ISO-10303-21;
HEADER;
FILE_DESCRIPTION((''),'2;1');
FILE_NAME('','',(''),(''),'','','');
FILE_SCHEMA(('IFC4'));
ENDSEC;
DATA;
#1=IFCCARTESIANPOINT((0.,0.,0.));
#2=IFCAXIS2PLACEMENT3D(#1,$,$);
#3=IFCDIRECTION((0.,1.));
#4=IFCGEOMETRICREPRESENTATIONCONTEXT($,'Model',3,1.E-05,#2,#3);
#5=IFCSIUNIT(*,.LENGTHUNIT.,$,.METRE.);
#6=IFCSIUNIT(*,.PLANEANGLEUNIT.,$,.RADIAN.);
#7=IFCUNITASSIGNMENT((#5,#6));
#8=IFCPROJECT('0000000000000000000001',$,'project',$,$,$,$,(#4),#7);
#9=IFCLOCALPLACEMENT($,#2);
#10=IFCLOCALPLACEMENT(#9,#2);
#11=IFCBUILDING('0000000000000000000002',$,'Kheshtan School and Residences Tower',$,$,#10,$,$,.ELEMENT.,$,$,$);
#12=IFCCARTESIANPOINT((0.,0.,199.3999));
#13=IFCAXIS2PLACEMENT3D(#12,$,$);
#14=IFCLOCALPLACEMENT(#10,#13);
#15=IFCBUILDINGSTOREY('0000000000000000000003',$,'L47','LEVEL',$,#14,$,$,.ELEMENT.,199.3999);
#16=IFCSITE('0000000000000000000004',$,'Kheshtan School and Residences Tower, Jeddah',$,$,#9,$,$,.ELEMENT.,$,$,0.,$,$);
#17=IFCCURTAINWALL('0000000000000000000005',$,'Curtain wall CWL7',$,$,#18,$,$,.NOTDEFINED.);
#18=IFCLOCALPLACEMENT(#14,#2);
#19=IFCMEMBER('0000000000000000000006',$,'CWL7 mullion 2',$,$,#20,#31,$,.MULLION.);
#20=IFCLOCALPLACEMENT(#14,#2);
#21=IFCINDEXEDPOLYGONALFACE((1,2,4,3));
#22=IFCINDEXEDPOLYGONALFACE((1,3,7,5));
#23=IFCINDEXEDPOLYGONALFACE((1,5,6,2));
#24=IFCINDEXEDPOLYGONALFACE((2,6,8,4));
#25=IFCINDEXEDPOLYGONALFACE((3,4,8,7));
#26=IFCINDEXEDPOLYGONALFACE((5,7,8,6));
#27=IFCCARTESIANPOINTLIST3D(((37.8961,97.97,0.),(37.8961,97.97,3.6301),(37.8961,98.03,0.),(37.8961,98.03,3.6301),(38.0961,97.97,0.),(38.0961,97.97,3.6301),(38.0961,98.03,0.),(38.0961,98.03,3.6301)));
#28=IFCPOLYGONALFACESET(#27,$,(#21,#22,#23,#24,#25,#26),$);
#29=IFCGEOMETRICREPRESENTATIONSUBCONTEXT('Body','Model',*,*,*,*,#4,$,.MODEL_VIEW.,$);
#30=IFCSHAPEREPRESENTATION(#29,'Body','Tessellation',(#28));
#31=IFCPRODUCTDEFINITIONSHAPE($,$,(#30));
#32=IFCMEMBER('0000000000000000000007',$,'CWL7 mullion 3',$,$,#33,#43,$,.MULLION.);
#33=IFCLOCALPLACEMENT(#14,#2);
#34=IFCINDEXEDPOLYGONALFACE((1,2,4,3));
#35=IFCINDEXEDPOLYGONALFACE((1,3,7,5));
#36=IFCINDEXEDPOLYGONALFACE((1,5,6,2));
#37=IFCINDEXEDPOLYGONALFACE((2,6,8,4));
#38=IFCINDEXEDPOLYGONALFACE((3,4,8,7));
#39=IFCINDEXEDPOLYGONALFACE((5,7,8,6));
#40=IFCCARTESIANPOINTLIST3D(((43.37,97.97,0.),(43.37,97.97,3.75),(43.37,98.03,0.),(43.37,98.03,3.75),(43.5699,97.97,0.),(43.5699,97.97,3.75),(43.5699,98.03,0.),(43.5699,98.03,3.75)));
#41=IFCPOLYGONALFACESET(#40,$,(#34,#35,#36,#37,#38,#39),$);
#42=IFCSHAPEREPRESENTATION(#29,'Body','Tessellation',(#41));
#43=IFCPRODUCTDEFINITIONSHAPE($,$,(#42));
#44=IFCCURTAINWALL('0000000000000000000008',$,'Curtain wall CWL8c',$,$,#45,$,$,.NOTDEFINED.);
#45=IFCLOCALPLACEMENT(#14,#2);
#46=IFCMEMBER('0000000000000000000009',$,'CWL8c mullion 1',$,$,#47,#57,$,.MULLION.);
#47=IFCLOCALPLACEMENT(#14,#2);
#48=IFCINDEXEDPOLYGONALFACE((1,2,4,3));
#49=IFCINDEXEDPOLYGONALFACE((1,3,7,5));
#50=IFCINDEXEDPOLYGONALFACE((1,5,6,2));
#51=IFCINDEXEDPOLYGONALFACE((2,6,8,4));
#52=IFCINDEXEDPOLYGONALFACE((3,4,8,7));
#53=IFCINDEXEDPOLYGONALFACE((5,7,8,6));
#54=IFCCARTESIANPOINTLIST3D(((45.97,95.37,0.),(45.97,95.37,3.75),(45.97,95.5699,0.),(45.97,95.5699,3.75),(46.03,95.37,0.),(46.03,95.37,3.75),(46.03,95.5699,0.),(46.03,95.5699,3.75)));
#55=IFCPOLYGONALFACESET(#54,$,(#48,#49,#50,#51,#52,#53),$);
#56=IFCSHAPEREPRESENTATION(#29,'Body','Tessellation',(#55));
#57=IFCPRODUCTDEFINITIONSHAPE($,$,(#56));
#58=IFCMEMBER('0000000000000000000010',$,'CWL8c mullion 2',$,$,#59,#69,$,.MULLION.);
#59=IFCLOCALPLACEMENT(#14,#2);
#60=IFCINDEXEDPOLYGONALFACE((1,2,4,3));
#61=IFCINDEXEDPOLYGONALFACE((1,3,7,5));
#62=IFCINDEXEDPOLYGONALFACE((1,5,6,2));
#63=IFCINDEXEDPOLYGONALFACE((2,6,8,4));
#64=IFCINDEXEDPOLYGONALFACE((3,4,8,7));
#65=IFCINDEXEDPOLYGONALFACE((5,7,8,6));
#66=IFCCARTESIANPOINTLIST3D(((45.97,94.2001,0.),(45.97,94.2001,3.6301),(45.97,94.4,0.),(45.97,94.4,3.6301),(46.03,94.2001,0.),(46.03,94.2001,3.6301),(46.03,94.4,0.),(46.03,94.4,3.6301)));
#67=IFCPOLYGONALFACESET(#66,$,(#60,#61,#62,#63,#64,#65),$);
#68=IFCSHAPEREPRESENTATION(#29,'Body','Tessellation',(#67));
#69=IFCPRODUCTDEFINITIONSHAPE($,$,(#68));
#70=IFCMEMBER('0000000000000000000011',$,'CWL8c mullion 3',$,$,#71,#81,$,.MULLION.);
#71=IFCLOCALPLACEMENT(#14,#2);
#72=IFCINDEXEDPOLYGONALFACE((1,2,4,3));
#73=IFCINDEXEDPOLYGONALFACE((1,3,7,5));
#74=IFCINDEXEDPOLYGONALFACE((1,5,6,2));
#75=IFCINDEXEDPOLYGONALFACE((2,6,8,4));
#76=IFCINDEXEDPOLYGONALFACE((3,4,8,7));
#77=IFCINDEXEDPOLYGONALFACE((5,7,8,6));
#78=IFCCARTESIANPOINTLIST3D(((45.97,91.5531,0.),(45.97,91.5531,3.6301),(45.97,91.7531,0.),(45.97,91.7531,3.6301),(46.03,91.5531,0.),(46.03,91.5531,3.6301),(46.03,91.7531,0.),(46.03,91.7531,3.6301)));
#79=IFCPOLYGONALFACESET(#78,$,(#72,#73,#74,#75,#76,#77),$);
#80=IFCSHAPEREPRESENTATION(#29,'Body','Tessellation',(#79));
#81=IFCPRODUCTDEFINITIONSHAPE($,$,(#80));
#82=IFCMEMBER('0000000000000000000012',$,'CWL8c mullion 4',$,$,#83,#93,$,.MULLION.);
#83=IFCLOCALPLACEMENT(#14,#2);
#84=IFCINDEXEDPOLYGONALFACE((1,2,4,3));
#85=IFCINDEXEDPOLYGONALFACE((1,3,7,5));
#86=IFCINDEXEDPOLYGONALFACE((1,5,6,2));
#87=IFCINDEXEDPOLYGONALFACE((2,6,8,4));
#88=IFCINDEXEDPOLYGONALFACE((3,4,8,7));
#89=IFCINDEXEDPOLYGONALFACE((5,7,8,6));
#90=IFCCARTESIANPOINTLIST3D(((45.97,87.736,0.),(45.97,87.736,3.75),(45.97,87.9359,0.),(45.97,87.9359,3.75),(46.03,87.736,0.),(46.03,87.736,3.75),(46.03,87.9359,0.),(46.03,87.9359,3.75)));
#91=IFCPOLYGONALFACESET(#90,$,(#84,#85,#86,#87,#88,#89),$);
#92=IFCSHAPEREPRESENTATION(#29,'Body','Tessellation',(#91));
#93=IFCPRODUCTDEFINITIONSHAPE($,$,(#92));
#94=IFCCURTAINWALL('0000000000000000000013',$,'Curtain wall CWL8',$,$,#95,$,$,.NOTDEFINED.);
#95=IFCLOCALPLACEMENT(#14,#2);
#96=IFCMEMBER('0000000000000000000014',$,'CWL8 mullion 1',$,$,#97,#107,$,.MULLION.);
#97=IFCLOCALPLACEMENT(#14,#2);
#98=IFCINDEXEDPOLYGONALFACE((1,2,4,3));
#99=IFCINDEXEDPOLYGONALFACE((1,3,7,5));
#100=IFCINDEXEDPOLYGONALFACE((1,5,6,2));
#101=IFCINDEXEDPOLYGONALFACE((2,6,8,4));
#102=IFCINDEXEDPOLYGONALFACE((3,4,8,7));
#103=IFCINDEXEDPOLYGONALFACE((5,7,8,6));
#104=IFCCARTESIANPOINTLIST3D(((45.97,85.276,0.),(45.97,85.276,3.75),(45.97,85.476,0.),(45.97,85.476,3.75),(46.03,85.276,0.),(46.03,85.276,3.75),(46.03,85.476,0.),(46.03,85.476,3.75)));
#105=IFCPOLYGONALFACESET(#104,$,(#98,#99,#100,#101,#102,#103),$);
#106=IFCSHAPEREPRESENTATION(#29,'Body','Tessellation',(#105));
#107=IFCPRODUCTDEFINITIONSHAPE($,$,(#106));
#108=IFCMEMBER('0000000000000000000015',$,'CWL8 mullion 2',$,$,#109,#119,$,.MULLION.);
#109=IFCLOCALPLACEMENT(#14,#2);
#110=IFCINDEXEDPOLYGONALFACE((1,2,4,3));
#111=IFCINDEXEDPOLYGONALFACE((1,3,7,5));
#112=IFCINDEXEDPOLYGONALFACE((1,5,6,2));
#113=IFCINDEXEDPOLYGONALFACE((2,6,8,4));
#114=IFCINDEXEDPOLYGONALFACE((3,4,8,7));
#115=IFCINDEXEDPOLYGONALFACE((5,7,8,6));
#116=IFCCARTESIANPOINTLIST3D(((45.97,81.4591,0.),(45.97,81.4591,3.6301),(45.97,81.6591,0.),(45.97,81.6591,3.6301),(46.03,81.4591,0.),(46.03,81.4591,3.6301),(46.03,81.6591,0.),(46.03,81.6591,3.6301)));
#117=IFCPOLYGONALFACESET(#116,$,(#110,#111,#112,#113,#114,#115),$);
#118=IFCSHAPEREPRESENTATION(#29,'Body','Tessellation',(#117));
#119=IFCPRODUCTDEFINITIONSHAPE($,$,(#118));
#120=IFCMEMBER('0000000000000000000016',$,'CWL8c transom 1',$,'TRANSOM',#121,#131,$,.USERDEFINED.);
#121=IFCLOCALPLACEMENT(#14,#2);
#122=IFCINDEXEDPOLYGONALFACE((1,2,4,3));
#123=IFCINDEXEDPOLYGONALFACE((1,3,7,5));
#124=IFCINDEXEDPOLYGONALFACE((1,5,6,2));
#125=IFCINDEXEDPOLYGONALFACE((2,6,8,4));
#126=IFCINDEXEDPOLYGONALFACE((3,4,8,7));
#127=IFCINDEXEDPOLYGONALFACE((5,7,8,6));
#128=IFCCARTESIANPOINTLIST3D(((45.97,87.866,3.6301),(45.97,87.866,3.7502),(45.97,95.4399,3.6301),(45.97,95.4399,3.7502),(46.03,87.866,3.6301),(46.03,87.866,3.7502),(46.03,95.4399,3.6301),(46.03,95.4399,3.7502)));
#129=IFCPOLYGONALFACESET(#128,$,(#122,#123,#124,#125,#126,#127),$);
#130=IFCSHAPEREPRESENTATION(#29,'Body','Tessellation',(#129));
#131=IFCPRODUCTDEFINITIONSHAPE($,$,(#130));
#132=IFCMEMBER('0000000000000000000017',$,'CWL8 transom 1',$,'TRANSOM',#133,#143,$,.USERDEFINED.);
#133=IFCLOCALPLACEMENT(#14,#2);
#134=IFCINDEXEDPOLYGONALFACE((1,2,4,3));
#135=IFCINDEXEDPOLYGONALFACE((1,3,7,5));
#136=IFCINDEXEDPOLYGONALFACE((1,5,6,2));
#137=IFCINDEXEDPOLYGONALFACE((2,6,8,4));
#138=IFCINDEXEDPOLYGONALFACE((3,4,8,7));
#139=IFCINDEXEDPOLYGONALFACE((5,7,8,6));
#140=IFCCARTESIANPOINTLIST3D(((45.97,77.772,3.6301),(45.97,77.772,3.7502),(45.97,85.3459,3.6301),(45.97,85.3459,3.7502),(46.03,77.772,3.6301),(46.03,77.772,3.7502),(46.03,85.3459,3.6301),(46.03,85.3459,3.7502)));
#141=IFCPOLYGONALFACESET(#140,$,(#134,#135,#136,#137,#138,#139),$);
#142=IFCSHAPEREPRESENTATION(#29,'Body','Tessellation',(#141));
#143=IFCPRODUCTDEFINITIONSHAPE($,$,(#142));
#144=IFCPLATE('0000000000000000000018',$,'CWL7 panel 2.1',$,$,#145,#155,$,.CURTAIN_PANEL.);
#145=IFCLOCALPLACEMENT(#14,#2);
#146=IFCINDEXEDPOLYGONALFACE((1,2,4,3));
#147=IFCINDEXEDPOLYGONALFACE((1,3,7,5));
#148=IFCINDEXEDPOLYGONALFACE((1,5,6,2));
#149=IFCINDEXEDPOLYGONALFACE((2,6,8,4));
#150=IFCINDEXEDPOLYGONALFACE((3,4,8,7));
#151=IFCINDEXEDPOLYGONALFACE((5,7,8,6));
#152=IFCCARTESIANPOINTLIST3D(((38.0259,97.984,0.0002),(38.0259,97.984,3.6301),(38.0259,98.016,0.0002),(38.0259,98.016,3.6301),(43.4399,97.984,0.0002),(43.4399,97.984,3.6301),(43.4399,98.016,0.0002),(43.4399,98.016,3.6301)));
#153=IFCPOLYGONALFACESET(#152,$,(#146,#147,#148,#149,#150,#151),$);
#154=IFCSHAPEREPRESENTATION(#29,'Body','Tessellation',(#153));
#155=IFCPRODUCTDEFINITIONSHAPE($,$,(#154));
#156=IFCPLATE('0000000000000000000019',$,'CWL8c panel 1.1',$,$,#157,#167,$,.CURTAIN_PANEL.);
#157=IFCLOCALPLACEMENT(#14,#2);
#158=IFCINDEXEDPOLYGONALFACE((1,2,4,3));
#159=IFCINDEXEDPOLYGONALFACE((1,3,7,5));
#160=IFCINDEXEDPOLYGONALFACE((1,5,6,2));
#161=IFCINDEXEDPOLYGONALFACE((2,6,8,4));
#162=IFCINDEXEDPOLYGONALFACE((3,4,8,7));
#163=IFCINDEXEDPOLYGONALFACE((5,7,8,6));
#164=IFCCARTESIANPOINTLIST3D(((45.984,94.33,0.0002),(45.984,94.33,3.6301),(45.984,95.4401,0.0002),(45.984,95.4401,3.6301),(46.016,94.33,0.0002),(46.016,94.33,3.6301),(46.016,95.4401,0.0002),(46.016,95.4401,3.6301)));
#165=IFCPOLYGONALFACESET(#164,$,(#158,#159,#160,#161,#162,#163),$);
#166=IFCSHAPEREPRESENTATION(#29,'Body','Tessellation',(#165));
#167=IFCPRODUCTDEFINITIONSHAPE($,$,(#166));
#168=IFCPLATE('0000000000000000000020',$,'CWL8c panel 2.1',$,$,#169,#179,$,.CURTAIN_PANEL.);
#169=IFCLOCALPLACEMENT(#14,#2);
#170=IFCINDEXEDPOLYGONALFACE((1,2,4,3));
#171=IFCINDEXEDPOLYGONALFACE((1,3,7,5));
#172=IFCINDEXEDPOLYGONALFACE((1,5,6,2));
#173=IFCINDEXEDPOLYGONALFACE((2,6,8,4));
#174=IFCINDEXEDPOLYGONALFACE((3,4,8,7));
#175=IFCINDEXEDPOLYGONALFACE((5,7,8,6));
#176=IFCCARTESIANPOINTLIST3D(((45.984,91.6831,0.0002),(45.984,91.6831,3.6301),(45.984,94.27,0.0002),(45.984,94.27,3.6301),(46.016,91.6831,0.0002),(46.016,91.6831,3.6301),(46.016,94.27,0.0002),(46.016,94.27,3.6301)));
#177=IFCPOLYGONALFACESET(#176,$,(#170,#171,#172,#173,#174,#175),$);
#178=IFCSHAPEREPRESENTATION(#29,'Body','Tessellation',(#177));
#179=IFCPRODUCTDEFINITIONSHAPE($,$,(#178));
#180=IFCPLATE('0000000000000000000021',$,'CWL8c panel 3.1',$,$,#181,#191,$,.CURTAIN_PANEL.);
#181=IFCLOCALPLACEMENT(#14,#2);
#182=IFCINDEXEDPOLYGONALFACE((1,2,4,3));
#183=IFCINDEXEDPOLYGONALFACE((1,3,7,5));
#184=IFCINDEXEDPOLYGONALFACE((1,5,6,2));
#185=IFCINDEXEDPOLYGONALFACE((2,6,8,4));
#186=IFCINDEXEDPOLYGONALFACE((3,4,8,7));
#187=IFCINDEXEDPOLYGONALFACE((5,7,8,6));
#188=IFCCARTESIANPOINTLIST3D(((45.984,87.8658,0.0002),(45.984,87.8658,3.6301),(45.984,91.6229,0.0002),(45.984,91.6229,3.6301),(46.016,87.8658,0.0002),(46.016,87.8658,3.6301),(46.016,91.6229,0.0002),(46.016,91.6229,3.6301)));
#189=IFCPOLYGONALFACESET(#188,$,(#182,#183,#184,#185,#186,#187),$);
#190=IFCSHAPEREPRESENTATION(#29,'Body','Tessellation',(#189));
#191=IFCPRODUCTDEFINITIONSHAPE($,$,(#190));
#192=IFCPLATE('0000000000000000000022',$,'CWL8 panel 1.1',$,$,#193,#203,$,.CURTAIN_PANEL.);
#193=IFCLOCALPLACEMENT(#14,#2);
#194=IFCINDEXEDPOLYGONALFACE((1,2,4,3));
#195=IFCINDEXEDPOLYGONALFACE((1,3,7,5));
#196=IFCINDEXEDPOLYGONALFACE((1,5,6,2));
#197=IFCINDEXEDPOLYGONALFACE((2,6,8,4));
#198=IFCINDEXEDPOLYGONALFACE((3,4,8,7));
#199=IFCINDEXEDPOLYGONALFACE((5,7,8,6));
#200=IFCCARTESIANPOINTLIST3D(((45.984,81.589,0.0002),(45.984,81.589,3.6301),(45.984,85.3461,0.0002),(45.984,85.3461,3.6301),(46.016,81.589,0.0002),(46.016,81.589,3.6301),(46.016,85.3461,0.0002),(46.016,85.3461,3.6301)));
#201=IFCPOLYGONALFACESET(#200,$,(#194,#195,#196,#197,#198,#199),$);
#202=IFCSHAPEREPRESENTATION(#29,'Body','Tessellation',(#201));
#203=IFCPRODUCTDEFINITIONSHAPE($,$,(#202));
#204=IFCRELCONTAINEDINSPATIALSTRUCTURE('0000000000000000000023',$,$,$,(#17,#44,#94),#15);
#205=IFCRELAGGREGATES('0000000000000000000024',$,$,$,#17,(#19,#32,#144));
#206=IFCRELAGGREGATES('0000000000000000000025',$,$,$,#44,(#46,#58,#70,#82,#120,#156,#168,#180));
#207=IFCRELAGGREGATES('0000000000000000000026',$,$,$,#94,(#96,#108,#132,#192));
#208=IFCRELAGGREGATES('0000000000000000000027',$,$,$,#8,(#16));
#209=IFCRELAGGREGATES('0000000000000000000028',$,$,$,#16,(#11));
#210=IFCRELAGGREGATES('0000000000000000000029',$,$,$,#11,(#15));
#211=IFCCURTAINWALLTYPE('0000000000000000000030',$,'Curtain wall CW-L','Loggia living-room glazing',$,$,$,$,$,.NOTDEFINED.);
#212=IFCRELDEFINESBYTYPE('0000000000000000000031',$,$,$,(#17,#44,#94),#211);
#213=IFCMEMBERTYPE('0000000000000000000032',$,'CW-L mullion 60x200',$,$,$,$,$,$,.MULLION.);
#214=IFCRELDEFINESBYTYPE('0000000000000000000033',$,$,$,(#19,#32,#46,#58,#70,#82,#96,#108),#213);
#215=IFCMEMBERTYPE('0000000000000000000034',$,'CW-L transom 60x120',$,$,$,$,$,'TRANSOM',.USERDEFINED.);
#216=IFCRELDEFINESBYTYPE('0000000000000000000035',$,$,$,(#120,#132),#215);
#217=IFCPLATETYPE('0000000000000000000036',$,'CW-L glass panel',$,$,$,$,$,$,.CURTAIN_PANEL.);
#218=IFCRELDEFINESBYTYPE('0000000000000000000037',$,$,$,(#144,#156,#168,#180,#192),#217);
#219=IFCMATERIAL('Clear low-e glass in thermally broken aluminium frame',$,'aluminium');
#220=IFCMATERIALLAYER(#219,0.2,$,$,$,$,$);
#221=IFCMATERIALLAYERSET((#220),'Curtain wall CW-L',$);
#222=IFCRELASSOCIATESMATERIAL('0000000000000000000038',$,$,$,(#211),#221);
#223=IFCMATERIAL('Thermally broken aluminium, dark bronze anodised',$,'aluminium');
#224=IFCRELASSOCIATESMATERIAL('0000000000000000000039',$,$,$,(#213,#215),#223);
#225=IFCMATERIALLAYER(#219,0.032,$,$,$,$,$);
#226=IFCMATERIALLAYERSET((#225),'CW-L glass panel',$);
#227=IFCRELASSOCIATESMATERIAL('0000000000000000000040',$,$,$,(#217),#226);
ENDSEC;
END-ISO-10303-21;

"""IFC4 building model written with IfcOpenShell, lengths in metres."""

from ifc_helpers import new_model, si_unit, direction, frame, origin, origin_2d, place, context, subcontext, project, spatial, rectangle, extrude, material, layer, layer_set, material_profile, profile_set, type_object, element, aggregate, save


model = new_model("IFC4")

# Units and contexts
model_context = context("Model", 3, precision=1e-05, world=origin(), true_north=direction((0.0, 1.0)))
body_context = subcontext(model_context, "Body", "Model", "MODEL_VIEW")
ifc_project = project(units=[si_unit("LENGTHUNIT", "METRE"), si_unit("PLANEANGLEUNIT", "RADIAN")], contexts=[model_context])

# Site, building, storey
site_placement = place(None, origin())
site = spatial("IfcSite", under=ifc_project, at=site_placement, Name="Kheshtan School and Residences Tower, Jeddah", CompositionType="ELEMENT", RefElevation=0.0)
building_placement = place(site_placement, origin())
building = spatial("IfcBuilding", under=site, at=building_placement, Name="Kheshtan School and Residences Tower", CompositionType="ELEMENT")
storey_placement = place(building_placement, frame((0.0, 0.0, 199.3999)))
storey = spatial("IfcBuildingStorey", under=building, at=storey_placement, Name="L47", Description="LEVEL", CompositionType="ELEMENT", Elevation=199.3999)

# Curtain walls, members
ifc_material_1 = material(Name="Clear low-e glass in thermally broken aluminium frame", Category="aluminium")
ifc_layer_1 = layer(ifc_material_1, 0.2)
ifc_layer_set_1 = layer_set([ifc_layer_1], Name="Curtain wall CW-L")
curtain_wall_type = type_object("IfcCurtainWallType", Name="Curtain wall CW-L", Description="Loggia living-room glazing", PredefinedType="NOTDEFINED", material=ifc_layer_set_1)
curtain_wall_1_placement = place(storey_placement, origin())
curtain_wall_1 = element("IfcCurtainWall", 1, at=curtain_wall_1_placement, inside=storey, type_object=curtain_wall_type, Name="Curtain wall CWL7", PredefinedType="NOTDEFINED")
ifc_material_2 = material(Name="Thermally broken aluminium, dark bronze anodised", Category="aluminium")
ifc_material_profile_1 = material_profile(ifc_material_2, rectangle(XDim=0.0601, YDim=0.2, at=origin_2d()), Name="CW-L mullion 60x200")
ifc_profile_set_1 = profile_set([ifc_material_profile_1], Name="Thermally broken aluminium, dark bronze anodised")
member_type_1 = type_object("IfcMemberType", Name="CW-L mullion 60x200", PredefinedType="MULLION", material=ifc_profile_set_1)
member_1_placement = place(storey_placement, frame((37.9961, 98.0, 0.0), z_axis=(0.0, 0.0, 1.0), x_axis=(0.0, 1.0, 0.0)))
member_1 = element("IfcMember", 2, at=member_1_placement, type_object=member_type_1, Name="CWL7 mullion 2", PredefinedType="MULLION", context=body_context, shape_type="SweptSolid", body=[
    extrude(rectangle(XDim=0.0601, YDim=0.2, at=origin_2d()), origin(), (0.0, 0.0, 1.0), 3.6301),
])
member_2_placement = place(storey_placement, frame((43.47, 98.0, 0.0), z_axis=(0.0, 0.0, 1.0), x_axis=(0.0, 1.0, 0.0)))
member_2 = element("IfcMember", 3, at=member_2_placement, type_object=member_type_1, Name="CWL7 mullion 3", PredefinedType="MULLION", context=body_context, shape_type="SweptSolid", body=[
    extrude(rectangle(XDim=0.0601, YDim=0.2, at=origin_2d()), origin(), (0.0, 0.0, 1.0), 3.75),
])
curtain_wall_2_placement = place(storey_placement, origin())
curtain_wall_2 = element("IfcCurtainWall", 4, at=curtain_wall_2_placement, inside=storey, type_object=curtain_wall_type, Name="Curtain wall CWL8c", PredefinedType="NOTDEFINED")
member_3_placement = place(storey_placement, frame((46.0, 95.47, 0.0), z_axis=(0.0, 0.0, 1.0), x_axis=(1.0, 0.0, 0.0)))
member_3 = element("IfcMember", 5, at=member_3_placement, type_object=member_type_1, Name="CWL8c mullion 1", PredefinedType="MULLION", context=body_context, shape_type="SweptSolid", body=[
    extrude(rectangle(XDim=0.0601, YDim=0.2, at=origin_2d()), origin(), (0.0, 0.0, 1.0), 3.75),
])
member_4_placement = place(storey_placement, frame((46.0, 94.3, 0.0), z_axis=(0.0, 0.0, 1.0), x_axis=(1.0, 0.0, 0.0)))
member_4 = element("IfcMember", 6, at=member_4_placement, type_object=member_type_1, Name="CWL8c mullion 2", PredefinedType="MULLION", context=body_context, shape_type="SweptSolid", body=[
    extrude(rectangle(XDim=0.0601, YDim=0.2, at=origin_2d()), origin(), (0.0, 0.0, 1.0), 3.6301),
])
member_5_placement = place(storey_placement, frame((46.0, 91.6531, 0.0), z_axis=(0.0, 0.0, 1.0), x_axis=(1.0, 0.0, 0.0)))
member_5 = element("IfcMember", 7, at=member_5_placement, type_object=member_type_1, Name="CWL8c mullion 3", PredefinedType="MULLION", context=body_context, shape_type="SweptSolid", body=[
    extrude(rectangle(XDim=0.0601, YDim=0.2, at=origin_2d()), origin(), (0.0, 0.0, 1.0), 3.6301),
])
member_6_placement = place(storey_placement, frame((46.0, 87.8359, 0.0), z_axis=(0.0, 0.0, 1.0), x_axis=(1.0, 0.0, 0.0)))
member_6 = element("IfcMember", 8, at=member_6_placement, type_object=member_type_1, Name="CWL8c mullion 4", PredefinedType="MULLION", context=body_context, shape_type="SweptSolid", body=[
    extrude(rectangle(XDim=0.0601, YDim=0.2, at=origin_2d()), origin(), (0.0, 0.0, 1.0), 3.75),
])
curtain_wall_3_placement = place(storey_placement, origin())
curtain_wall_3 = element("IfcCurtainWall", 9, at=curtain_wall_3_placement, inside=storey, type_object=curtain_wall_type, Name="Curtain wall CWL8", PredefinedType="NOTDEFINED")
member_7_placement = place(storey_placement, frame((46.0, 85.376, 0.0), z_axis=(0.0, 0.0, 1.0), x_axis=(1.0, 0.0, 0.0)))
member_7 = element("IfcMember", 10, at=member_7_placement, type_object=member_type_1, Name="CWL8 mullion 1", PredefinedType="MULLION", context=body_context, shape_type="SweptSolid", body=[
    extrude(rectangle(XDim=0.0601, YDim=0.2, at=origin_2d()), origin(), (0.0, 0.0, 1.0), 3.75),
])
member_8_placement = place(storey_placement, frame((46.0, 81.5591, 0.0), z_axis=(0.0, 0.0, 1.0), x_axis=(1.0, 0.0, 0.0)))
member_8 = element("IfcMember", 11, at=member_8_placement, type_object=member_type_1, Name="CWL8 mullion 2", PredefinedType="MULLION", context=body_context, shape_type="SweptSolid", body=[
    extrude(rectangle(XDim=0.0601, YDim=0.2, at=origin_2d()), origin(), (0.0, 0.0, 1.0), 3.6301),
])

# Members
ifc_material_profile_2 = material_profile(ifc_material_2, rectangle(XDim=0.0601, YDim=0.1201, at=origin_2d()), Name="CW-L transom 60x120")
ifc_profile_set_2 = profile_set([ifc_material_profile_2], Name="Thermally broken aluminium, dark bronze anodised")
member_type_2 = type_object("IfcMemberType", Name="CW-L transom 60x120", ElementType="TRANSOM", PredefinedType="USERDEFINED", material=ifc_profile_set_2)
member_9_placement = place(storey_placement, frame((46.0, 95.4399, 3.6902), z_axis=(0.0, -1.0, 0.0), x_axis=(1.0, 0.0, 0.0)))
member_9 = element("IfcMember", 12, at=member_9_placement, type_object=member_type_2, Name="CWL8c transom 1", ObjectType="TRANSOM", PredefinedType="USERDEFINED", context=body_context, shape_type="SweptSolid", body=[
    extrude(rectangle(XDim=0.0601, YDim=0.1201, at=origin_2d()), origin(), (0.0, 0.0, 1.0), 7.574),
])
member_10_placement = place(storey_placement, frame((46.0, 85.3459, 3.6902), z_axis=(0.0, -1.0, 0.0), x_axis=(1.0, 0.0, 0.0)))
member_10 = element("IfcMember", 13, at=member_10_placement, type_object=member_type_2, Name="CWL8 transom 1", ObjectType="TRANSOM", PredefinedType="USERDEFINED", context=body_context, shape_type="SweptSolid", body=[
    extrude(rectangle(XDim=0.0601, YDim=0.1201, at=origin_2d()), origin(), (0.0, 0.0, 1.0), 7.574),
])

# Plates
ifc_layer_2 = layer(ifc_material_1, 0.032)
ifc_layer_set_2 = layer_set([ifc_layer_2], Name="CW-L glass panel")
plate_type = type_object("IfcPlateType", Name="CW-L glass panel", PredefinedType="CURTAIN_PANEL", material=ifc_layer_set_2)
plate_1_placement = place(storey_placement, frame((40.7329, 98.0, 0.0002), z_axis=(0.0, 0.0, 1.0), x_axis=(1.0, 0.0, 0.0)))
plate_1 = element("IfcPlate", 14, at=plate_1_placement, type_object=plate_type, Name="CWL7 panel 2.1", PredefinedType="CURTAIN_PANEL", context=body_context, shape_type="SweptSolid", body=[
    extrude(rectangle(XDim=5.4141, YDim=0.032, at=origin_2d()), origin(), (0.0, 0.0, 1.0), 3.6299),
])
aggregate(curtain_wall_1, [member_1, member_2, plate_1])
plate_2_placement = place(storey_placement, frame((46.0, 94.885, 0.0002), z_axis=(0.0, 0.0, 1.0), x_axis=(0.0, -1.0, 0.0)))
plate_2 = element("IfcPlate", 15, at=plate_2_placement, type_object=plate_type, Name="CWL8c panel 1.1", PredefinedType="CURTAIN_PANEL", context=body_context, shape_type="SweptSolid", body=[
    extrude(rectangle(XDim=1.1101, YDim=0.032, at=origin_2d()), origin(), (0.0, 0.0, 1.0), 3.6299),
])
plate_3_placement = place(storey_placement, frame((46.0, 92.9766, 0.0002), z_axis=(0.0, 0.0, 1.0), x_axis=(0.0, -1.0, 0.0)))
plate_3 = element("IfcPlate", 16, at=plate_3_placement, type_object=plate_type, Name="CWL8c panel 2.1", PredefinedType="CURTAIN_PANEL", context=body_context, shape_type="SweptSolid", body=[
    extrude(rectangle(XDim=2.5869, YDim=0.032, at=origin_2d()), origin(), (0.0, 0.0, 1.0), 3.6299),
])
plate_4_placement = place(storey_placement, frame((46.0, 89.7444, 0.0002), z_axis=(0.0, 0.0, 1.0), x_axis=(0.0, -1.0, 0.0)))
plate_4 = element("IfcPlate", 17, at=plate_4_placement, type_object=plate_type, Name="CWL8c panel 3.1", PredefinedType="CURTAIN_PANEL", context=body_context, shape_type="SweptSolid", body=[
    extrude(rectangle(XDim=3.7571, YDim=0.032, at=origin_2d()), origin(), (0.0, 0.0, 1.0), 3.6299),
])
aggregate(curtain_wall_2, [member_3, member_4, member_5, member_6, member_9, plate_2, plate_3, plate_4])
plate_5_placement = place(storey_placement, frame((46.0, 83.4675, 0.0002), z_axis=(0.0, 0.0, 1.0), x_axis=(0.0, -1.0, 0.0)))
plate_5 = element("IfcPlate", 18, at=plate_5_placement, type_object=plate_type, Name="CWL8 panel 1.1", PredefinedType="CURTAIN_PANEL", context=body_context, shape_type="SweptSolid", body=[
    extrude(rectangle(XDim=3.7571, YDim=0.032, at=origin_2d()), origin(), (0.0, 0.0, 1.0), 3.6299),
])
aggregate(curtain_wall_3, [member_7, member_8, member_10, plate_5])

save(model, "model.ifc")
